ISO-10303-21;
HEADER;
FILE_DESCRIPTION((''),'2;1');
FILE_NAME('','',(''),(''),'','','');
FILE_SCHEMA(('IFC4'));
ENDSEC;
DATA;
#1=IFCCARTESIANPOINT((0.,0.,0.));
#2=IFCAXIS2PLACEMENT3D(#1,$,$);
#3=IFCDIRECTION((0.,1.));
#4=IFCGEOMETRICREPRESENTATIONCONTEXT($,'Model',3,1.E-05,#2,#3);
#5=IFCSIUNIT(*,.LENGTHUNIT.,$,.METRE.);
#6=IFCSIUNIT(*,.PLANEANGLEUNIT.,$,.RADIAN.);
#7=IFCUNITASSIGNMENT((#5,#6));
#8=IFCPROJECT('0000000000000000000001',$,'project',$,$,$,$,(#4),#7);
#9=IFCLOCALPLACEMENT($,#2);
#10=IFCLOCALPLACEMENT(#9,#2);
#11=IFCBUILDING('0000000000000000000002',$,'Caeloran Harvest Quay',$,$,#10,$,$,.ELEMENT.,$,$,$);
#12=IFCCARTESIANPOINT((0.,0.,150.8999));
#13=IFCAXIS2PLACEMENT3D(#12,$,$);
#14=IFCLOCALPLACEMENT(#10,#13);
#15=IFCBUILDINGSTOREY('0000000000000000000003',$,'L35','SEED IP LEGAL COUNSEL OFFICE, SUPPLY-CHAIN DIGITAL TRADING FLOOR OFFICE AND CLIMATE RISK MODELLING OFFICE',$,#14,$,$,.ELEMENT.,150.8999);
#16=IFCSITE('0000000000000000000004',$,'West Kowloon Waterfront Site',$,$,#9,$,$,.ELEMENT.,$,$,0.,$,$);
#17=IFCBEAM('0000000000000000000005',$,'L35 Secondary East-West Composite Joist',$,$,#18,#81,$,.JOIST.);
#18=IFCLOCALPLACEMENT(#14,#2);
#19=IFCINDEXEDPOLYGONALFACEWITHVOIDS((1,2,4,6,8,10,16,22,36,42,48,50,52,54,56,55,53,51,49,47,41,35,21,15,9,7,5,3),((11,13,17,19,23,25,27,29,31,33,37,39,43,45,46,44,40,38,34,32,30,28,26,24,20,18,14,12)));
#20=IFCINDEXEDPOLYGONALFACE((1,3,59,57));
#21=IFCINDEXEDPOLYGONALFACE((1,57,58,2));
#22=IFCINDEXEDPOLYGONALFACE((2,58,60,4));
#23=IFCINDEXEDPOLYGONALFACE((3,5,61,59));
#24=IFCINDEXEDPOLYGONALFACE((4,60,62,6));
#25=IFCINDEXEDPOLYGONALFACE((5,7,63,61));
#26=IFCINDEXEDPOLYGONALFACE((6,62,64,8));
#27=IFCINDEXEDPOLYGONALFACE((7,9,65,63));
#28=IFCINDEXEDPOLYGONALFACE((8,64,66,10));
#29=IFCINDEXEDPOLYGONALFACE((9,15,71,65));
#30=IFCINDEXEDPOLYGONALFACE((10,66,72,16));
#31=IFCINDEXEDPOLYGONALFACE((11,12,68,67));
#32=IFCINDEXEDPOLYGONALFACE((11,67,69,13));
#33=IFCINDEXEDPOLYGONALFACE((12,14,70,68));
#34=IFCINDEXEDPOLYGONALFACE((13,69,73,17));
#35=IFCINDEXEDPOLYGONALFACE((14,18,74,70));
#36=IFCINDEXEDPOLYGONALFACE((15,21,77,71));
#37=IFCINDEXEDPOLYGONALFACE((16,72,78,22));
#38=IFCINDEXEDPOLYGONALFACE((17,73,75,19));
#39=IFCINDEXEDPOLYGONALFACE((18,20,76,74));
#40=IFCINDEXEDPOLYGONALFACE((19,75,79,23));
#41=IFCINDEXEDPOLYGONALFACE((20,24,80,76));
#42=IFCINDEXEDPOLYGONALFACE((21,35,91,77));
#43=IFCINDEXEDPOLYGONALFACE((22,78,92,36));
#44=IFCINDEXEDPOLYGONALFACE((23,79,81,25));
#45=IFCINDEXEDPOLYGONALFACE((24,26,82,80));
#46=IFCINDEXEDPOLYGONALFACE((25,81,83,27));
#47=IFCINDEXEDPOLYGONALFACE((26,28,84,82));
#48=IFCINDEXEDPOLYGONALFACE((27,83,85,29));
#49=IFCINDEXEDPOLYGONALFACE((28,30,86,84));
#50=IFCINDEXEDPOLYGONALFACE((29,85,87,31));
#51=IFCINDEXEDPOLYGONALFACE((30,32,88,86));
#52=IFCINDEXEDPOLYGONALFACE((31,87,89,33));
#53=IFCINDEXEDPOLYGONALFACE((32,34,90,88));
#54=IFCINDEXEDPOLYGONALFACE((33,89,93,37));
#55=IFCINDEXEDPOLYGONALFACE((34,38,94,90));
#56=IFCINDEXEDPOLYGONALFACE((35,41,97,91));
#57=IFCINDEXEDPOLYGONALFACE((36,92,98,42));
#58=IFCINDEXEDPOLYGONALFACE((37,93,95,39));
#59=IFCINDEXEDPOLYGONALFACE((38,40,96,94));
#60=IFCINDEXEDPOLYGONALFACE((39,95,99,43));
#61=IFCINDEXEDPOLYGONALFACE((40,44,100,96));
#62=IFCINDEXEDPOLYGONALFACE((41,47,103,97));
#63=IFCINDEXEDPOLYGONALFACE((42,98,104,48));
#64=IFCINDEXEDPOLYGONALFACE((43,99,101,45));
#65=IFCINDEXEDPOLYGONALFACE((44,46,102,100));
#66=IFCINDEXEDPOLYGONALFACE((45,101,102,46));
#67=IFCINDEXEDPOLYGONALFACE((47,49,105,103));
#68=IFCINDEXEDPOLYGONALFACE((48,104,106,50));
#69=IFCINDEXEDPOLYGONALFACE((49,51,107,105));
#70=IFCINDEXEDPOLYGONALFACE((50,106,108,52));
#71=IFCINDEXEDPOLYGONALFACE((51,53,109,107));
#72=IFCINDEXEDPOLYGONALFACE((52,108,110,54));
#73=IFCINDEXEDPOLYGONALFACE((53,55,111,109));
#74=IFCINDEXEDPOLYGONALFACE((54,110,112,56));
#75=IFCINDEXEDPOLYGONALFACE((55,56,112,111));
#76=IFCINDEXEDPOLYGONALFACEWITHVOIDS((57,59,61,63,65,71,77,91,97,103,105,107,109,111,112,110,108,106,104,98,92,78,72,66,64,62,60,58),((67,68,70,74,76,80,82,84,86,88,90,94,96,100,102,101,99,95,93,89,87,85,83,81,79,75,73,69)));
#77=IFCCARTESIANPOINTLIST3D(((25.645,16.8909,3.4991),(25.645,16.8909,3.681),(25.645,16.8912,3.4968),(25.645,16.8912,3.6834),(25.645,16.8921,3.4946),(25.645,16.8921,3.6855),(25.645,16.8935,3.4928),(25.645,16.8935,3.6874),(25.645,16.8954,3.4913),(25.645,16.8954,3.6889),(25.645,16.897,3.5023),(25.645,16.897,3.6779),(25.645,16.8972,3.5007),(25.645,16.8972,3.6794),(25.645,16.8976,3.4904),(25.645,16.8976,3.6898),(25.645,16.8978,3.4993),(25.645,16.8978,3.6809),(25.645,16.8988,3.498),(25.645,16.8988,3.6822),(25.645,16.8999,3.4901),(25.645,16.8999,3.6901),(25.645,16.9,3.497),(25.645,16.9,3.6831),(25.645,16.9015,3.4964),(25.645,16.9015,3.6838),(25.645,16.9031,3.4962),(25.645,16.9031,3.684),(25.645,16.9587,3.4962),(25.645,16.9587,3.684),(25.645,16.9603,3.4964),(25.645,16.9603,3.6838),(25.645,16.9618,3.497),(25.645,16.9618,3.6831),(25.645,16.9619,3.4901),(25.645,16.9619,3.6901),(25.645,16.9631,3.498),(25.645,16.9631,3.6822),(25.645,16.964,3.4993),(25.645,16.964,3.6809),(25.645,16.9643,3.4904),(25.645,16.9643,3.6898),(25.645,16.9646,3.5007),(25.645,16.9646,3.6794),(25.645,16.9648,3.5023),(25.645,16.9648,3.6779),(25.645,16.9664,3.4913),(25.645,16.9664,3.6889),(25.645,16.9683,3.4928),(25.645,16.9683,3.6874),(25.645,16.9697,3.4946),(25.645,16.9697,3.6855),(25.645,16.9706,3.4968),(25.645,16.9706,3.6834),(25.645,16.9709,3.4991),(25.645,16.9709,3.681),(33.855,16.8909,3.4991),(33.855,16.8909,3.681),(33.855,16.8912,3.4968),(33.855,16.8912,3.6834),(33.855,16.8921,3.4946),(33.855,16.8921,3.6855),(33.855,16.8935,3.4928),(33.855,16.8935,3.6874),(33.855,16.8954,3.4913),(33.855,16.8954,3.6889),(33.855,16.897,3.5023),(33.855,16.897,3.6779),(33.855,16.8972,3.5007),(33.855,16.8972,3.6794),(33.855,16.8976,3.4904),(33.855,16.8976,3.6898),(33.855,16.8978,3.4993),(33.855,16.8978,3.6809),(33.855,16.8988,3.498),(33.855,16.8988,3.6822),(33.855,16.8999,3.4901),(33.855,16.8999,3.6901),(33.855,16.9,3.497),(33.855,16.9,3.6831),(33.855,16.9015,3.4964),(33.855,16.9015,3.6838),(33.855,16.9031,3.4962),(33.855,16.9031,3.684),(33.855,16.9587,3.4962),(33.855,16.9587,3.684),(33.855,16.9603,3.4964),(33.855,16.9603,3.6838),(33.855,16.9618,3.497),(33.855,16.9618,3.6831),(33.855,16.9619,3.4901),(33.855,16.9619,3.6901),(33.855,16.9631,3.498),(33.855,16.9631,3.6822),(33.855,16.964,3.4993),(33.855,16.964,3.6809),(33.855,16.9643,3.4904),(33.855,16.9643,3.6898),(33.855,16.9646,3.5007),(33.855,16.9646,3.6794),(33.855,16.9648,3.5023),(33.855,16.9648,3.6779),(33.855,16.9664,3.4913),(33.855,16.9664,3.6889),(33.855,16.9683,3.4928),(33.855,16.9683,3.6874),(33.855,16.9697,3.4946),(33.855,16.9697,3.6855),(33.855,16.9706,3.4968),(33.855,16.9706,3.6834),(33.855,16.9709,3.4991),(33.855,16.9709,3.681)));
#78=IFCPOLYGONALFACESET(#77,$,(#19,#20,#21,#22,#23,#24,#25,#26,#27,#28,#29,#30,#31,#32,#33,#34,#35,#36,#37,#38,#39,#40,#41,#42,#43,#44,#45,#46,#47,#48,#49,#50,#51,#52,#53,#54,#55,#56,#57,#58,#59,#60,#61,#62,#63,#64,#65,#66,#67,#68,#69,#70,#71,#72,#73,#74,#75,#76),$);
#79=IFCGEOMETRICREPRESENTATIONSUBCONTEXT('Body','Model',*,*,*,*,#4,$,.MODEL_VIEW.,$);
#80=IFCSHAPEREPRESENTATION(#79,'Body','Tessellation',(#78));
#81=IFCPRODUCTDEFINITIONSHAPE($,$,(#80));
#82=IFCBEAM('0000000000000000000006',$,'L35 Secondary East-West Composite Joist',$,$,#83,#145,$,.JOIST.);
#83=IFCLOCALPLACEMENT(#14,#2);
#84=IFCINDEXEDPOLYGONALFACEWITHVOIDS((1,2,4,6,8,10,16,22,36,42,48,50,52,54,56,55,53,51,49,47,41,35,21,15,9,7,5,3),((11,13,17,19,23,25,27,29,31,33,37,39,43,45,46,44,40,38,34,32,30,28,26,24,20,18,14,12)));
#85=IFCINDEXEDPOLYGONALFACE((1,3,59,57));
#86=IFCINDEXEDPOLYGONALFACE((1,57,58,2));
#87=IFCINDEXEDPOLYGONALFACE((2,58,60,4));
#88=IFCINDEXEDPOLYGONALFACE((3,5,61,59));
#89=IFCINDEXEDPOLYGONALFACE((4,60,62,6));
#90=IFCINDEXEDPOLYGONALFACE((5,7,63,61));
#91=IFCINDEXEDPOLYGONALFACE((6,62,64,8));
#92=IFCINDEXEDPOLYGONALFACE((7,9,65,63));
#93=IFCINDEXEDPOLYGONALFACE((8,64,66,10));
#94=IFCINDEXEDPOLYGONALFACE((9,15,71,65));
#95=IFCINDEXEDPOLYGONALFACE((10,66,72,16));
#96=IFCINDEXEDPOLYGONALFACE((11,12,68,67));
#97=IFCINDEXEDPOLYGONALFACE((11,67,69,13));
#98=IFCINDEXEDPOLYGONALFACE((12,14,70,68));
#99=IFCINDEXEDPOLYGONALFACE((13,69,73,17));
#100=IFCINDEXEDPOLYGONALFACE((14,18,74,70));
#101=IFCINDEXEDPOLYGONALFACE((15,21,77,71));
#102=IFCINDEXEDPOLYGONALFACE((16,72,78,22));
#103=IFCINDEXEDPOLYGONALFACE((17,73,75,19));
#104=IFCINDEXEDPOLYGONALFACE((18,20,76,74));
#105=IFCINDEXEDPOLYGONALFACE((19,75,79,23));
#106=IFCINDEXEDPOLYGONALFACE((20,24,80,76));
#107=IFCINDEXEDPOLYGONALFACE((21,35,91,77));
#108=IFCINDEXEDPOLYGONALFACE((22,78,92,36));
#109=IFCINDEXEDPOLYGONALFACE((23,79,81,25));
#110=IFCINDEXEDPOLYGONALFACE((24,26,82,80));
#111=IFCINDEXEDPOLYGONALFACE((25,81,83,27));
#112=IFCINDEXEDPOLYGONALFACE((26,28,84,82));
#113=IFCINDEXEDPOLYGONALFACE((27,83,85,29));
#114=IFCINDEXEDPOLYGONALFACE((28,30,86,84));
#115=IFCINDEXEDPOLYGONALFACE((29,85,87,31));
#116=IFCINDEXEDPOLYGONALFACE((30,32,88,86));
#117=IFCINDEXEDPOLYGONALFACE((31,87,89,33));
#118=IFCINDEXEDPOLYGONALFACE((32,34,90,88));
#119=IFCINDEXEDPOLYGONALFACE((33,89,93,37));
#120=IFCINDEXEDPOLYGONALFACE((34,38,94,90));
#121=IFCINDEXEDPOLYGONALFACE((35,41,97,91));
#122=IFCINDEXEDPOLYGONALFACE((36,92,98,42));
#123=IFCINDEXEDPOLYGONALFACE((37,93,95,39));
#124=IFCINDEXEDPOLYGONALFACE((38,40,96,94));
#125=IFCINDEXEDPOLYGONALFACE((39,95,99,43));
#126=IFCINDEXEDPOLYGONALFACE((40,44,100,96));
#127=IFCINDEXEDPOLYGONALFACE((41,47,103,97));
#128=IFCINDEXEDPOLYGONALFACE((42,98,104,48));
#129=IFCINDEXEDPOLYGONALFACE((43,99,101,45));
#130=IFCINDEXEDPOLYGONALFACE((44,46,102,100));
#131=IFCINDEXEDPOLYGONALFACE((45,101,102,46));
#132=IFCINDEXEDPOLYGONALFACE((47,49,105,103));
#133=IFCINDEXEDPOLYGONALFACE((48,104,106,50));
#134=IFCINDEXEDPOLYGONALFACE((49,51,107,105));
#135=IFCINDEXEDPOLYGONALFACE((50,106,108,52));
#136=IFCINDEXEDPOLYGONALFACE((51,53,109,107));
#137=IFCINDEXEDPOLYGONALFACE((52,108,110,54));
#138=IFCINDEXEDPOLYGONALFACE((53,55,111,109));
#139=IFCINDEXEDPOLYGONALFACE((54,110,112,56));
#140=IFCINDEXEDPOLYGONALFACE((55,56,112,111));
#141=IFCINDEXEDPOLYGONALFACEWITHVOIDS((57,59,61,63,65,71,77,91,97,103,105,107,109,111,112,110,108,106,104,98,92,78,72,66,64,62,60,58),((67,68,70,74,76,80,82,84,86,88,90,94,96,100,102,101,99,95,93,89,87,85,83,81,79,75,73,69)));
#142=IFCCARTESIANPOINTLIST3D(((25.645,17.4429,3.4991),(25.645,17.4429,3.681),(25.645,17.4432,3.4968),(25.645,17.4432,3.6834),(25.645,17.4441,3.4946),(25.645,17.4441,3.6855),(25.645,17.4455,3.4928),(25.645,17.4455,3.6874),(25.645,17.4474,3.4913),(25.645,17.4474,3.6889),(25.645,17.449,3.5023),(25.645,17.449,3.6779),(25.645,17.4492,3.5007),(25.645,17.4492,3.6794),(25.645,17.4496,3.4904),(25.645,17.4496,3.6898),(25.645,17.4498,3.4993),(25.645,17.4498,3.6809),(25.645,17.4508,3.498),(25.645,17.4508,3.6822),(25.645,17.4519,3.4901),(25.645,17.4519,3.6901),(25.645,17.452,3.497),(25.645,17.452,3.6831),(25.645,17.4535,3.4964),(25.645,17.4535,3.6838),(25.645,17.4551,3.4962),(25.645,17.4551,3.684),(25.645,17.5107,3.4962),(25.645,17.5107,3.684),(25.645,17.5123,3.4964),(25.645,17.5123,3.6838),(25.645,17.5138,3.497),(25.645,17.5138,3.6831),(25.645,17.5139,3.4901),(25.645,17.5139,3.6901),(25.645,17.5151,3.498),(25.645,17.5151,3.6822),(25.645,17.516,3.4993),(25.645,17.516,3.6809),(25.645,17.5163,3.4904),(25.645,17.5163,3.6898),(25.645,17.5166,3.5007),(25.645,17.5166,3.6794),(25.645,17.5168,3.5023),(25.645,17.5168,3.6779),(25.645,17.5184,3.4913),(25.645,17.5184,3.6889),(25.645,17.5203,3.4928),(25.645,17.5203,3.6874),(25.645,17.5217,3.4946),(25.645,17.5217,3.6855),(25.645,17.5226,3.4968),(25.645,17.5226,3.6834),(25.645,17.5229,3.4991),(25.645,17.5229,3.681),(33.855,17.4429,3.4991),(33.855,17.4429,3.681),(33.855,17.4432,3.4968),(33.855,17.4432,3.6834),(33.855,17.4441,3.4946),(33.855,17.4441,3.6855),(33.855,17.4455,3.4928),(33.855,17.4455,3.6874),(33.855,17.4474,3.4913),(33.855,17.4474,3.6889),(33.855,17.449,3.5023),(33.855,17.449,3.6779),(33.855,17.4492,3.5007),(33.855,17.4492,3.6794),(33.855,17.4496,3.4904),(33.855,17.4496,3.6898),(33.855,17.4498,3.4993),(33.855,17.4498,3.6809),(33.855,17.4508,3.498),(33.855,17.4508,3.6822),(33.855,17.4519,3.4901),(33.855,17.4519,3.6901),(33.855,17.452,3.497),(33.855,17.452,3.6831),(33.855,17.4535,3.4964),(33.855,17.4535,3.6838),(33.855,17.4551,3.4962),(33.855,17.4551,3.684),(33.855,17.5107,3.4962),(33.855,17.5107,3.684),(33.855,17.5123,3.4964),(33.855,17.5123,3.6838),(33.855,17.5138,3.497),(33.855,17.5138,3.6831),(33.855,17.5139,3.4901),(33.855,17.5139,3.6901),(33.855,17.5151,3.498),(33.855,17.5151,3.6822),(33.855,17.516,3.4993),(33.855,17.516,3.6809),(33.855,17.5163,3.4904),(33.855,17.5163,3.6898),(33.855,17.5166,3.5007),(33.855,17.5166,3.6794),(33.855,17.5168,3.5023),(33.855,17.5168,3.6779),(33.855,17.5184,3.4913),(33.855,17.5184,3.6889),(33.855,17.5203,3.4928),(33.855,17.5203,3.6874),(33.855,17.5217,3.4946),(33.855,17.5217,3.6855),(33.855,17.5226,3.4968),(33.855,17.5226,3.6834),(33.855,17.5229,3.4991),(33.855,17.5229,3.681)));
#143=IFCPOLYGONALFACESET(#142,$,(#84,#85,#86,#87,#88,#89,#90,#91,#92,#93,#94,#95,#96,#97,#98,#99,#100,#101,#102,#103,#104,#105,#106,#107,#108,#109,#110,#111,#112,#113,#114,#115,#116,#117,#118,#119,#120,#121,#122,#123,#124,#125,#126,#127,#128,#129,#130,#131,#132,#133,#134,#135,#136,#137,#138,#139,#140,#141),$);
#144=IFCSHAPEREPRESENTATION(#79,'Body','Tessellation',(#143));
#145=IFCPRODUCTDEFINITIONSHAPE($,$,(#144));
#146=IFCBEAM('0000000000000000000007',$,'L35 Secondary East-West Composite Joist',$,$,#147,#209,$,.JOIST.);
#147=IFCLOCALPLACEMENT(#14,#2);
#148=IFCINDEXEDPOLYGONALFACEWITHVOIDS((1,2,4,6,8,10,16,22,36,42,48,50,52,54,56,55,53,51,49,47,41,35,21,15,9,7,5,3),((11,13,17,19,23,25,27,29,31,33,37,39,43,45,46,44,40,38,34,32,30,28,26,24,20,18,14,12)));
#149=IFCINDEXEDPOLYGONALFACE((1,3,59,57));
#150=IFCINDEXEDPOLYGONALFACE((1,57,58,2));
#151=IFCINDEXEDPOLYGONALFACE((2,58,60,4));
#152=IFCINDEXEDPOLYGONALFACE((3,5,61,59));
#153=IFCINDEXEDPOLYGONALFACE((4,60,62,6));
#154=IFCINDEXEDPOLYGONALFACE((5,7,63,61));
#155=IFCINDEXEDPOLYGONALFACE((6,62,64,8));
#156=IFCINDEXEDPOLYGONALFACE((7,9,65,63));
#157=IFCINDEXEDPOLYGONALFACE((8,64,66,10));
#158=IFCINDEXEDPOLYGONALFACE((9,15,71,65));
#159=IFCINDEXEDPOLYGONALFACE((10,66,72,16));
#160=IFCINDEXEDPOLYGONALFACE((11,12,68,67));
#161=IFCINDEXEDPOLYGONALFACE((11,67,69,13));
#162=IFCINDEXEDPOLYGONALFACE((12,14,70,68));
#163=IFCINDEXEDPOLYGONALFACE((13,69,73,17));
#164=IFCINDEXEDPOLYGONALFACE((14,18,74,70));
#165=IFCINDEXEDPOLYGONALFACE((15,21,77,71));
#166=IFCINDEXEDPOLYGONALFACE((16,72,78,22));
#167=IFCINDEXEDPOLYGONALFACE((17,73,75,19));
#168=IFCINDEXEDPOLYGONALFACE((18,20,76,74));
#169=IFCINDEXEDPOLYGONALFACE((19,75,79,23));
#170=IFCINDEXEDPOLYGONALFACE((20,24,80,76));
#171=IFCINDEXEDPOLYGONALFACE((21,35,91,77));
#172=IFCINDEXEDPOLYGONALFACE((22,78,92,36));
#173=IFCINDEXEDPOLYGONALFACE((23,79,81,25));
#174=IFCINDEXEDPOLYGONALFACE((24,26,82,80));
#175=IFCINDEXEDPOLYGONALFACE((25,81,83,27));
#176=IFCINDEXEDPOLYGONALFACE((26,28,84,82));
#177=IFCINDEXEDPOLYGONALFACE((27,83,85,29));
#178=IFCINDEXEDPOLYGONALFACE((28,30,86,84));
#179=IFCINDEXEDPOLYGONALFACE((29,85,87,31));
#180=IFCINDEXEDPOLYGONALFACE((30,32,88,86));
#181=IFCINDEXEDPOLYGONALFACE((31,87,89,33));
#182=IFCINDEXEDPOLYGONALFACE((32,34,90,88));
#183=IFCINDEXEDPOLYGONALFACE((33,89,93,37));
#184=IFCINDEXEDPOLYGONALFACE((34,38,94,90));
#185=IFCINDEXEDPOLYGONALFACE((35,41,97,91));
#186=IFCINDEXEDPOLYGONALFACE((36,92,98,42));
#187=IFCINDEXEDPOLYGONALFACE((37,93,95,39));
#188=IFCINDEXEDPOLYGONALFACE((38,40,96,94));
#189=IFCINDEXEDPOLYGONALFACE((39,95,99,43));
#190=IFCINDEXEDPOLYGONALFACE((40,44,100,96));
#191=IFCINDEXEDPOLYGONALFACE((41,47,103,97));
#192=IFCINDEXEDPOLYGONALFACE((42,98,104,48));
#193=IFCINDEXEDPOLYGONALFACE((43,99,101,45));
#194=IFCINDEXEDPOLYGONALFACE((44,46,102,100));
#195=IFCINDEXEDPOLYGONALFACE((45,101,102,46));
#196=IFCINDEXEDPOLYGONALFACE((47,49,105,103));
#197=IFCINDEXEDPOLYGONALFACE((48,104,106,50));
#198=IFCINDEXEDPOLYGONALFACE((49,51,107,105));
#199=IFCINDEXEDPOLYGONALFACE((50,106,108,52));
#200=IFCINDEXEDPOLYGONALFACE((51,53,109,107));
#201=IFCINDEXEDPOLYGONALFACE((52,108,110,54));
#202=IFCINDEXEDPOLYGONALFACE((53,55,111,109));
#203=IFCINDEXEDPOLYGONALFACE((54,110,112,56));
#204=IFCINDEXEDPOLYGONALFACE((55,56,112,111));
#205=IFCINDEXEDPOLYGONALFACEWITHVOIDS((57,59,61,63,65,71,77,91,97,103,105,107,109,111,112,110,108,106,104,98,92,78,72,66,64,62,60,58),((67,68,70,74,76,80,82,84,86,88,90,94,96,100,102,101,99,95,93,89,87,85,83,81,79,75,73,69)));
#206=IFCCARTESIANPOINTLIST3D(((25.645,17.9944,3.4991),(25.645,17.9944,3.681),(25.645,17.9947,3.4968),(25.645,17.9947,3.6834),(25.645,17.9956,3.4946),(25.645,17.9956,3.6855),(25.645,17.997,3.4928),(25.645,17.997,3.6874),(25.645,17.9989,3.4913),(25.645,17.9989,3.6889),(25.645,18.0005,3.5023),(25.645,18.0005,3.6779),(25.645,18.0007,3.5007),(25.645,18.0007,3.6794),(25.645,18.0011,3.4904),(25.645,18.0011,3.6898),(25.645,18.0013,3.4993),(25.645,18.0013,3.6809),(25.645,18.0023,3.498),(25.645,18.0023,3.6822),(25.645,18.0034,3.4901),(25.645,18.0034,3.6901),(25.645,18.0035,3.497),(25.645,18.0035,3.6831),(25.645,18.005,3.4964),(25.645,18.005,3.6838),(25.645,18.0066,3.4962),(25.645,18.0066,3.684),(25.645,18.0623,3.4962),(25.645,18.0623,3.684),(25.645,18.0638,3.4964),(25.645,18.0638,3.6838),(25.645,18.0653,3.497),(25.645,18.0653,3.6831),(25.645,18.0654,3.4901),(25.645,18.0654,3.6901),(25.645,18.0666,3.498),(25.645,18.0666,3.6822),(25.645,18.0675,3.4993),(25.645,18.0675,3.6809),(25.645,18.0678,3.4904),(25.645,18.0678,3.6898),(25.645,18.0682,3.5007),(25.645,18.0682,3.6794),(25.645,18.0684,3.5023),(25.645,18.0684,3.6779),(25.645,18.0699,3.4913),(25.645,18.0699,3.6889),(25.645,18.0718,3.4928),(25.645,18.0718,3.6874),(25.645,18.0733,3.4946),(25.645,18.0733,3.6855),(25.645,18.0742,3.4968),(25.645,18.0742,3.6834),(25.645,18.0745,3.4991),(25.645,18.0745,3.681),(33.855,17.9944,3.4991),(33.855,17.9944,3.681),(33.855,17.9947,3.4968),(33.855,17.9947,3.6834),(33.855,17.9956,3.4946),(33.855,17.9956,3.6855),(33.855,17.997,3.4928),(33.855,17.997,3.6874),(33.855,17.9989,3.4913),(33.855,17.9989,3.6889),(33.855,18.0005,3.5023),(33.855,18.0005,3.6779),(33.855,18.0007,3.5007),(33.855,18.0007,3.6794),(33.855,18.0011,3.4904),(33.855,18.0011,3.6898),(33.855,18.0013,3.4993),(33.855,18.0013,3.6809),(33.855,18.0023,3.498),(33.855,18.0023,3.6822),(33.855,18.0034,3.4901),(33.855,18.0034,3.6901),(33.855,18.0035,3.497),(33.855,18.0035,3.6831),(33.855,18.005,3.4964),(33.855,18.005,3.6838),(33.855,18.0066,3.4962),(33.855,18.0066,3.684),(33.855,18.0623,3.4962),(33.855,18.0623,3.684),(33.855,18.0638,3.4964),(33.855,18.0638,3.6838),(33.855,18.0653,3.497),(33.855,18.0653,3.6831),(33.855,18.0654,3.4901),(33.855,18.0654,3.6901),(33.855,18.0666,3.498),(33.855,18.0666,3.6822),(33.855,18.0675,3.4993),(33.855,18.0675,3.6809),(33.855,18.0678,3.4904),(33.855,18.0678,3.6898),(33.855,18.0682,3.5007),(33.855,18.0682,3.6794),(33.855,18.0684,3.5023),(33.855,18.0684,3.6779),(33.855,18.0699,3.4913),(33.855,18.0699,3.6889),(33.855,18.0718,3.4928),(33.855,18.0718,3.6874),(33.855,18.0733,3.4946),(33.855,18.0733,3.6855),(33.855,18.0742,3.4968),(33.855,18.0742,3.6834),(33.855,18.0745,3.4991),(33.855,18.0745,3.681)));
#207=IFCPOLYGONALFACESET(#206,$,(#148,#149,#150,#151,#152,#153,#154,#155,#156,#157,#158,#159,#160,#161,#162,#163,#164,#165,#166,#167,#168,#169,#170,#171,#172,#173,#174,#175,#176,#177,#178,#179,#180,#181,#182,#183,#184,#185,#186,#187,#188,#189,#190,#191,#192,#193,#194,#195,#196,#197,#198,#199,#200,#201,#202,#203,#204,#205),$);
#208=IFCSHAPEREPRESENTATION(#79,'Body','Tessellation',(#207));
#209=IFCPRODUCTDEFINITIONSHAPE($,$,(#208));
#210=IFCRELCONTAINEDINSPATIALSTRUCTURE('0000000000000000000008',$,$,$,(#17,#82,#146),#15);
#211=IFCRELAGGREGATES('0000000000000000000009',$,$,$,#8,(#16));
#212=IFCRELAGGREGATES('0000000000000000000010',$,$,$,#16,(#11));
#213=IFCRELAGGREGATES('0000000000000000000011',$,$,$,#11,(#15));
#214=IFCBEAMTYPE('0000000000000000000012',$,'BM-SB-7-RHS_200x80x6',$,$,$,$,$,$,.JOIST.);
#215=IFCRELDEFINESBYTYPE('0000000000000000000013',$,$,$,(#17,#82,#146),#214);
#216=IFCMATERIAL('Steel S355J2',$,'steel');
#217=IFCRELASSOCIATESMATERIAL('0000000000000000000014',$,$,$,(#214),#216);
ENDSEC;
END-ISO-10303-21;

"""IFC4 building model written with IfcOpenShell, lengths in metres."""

from ifc_helpers import new_model, si_unit, direction, frame, origin, origin_2d, place, context, subcontext, project, spatial, hollow_rectangle, extrude, material, material_profile, profile_set, type_object, element, save


model = new_model("IFC4")

# Units and contexts
model_context = context("Model", 3, precision=1e-05, world=origin(), true_north=direction((0.0, 1.0)))
body_context = subcontext(model_context, "Body", "Model", "MODEL_VIEW")
ifc_project = project(units=[si_unit("LENGTHUNIT", "METRE"), si_unit("PLANEANGLEUNIT", "RADIAN")], contexts=[model_context])

# Site, building, storey
site_placement = place(None, origin())
site = spatial("IfcSite", under=ifc_project, at=site_placement, Name="West Kowloon Waterfront Site", CompositionType="ELEMENT", RefElevation=0.0)
building_placement = place(site_placement, origin())
building = spatial("IfcBuilding", under=site, at=building_placement, Name="Caeloran Harvest Quay", CompositionType="ELEMENT")
storey_placement = place(building_placement, frame((0.0, 0.0, 150.8999)))
storey = spatial("IfcBuildingStorey", under=building, at=storey_placement, Name="L35", Description="SEED IP LEGAL COUNSEL OFFICE, SUPPLY-CHAIN DIGITAL TRADING FLOOR OFFICE AND CLIMATE RISK MODELLING OFFICE", CompositionType="ELEMENT", Elevation=150.8999)

# Beams
ifc_material_1 = material(Name="Steel S355J2", Category="steel")
ifc_material_profile_1 = material_profile(ifc_material_1, hollow_rectangle(XDim=0.0801, YDim=0.2, WallThickness=0.0061, InnerFilletRadius=0.0061, OuterFilletRadius=0.009, at=origin_2d()), Name="RHS 200x80x6")
ifc_profile_set_1 = profile_set([ifc_material_profile_1], Name="Steel S355J2")
beam_type_1 = type_object("IfcBeamType", Name="BM-SB-7-RHS_200x80x6", PredefinedType="JOIST", material=ifc_profile_set_1)
for number, where, z_axis, x_axis, name in (
    (1, (25.645, 16.9309, 3.5901), (1.0, 0.0, 0.0), (0.0, 1.0, 0.0), "L35 Secondary East-West Composite Joist"),
    (2, (25.645, 17.4829, 3.5901), (1.0, 0.0, 0.0), (0.0, 1.0, 0.0), "L35 Secondary East-West Composite Joist"),
    (3, (25.645, 18.0344, 3.5901), (1.0, 0.0, 0.0), (0.0, 1.0, 0.0), "L35 Secondary East-West Composite Joist"),
):
    element("IfcBeam", number, at=place(storey_placement, frame(where, z_axis=z_axis, x_axis=x_axis)), inside=storey, type_object=beam_type_1, Name=name, PredefinedType="JOIST", context=body_context, shape_type="SweptSolid", body=[
        extrude(hollow_rectangle(XDim=0.0801, YDim=0.2, WallThickness=0.0061, InnerFilletRadius=0.0061, OuterFilletRadius=0.009, at=origin_2d()), origin(), (0.0, 0.0, 1.0), 8.21),
    ])

save(model, "model.ifc")
